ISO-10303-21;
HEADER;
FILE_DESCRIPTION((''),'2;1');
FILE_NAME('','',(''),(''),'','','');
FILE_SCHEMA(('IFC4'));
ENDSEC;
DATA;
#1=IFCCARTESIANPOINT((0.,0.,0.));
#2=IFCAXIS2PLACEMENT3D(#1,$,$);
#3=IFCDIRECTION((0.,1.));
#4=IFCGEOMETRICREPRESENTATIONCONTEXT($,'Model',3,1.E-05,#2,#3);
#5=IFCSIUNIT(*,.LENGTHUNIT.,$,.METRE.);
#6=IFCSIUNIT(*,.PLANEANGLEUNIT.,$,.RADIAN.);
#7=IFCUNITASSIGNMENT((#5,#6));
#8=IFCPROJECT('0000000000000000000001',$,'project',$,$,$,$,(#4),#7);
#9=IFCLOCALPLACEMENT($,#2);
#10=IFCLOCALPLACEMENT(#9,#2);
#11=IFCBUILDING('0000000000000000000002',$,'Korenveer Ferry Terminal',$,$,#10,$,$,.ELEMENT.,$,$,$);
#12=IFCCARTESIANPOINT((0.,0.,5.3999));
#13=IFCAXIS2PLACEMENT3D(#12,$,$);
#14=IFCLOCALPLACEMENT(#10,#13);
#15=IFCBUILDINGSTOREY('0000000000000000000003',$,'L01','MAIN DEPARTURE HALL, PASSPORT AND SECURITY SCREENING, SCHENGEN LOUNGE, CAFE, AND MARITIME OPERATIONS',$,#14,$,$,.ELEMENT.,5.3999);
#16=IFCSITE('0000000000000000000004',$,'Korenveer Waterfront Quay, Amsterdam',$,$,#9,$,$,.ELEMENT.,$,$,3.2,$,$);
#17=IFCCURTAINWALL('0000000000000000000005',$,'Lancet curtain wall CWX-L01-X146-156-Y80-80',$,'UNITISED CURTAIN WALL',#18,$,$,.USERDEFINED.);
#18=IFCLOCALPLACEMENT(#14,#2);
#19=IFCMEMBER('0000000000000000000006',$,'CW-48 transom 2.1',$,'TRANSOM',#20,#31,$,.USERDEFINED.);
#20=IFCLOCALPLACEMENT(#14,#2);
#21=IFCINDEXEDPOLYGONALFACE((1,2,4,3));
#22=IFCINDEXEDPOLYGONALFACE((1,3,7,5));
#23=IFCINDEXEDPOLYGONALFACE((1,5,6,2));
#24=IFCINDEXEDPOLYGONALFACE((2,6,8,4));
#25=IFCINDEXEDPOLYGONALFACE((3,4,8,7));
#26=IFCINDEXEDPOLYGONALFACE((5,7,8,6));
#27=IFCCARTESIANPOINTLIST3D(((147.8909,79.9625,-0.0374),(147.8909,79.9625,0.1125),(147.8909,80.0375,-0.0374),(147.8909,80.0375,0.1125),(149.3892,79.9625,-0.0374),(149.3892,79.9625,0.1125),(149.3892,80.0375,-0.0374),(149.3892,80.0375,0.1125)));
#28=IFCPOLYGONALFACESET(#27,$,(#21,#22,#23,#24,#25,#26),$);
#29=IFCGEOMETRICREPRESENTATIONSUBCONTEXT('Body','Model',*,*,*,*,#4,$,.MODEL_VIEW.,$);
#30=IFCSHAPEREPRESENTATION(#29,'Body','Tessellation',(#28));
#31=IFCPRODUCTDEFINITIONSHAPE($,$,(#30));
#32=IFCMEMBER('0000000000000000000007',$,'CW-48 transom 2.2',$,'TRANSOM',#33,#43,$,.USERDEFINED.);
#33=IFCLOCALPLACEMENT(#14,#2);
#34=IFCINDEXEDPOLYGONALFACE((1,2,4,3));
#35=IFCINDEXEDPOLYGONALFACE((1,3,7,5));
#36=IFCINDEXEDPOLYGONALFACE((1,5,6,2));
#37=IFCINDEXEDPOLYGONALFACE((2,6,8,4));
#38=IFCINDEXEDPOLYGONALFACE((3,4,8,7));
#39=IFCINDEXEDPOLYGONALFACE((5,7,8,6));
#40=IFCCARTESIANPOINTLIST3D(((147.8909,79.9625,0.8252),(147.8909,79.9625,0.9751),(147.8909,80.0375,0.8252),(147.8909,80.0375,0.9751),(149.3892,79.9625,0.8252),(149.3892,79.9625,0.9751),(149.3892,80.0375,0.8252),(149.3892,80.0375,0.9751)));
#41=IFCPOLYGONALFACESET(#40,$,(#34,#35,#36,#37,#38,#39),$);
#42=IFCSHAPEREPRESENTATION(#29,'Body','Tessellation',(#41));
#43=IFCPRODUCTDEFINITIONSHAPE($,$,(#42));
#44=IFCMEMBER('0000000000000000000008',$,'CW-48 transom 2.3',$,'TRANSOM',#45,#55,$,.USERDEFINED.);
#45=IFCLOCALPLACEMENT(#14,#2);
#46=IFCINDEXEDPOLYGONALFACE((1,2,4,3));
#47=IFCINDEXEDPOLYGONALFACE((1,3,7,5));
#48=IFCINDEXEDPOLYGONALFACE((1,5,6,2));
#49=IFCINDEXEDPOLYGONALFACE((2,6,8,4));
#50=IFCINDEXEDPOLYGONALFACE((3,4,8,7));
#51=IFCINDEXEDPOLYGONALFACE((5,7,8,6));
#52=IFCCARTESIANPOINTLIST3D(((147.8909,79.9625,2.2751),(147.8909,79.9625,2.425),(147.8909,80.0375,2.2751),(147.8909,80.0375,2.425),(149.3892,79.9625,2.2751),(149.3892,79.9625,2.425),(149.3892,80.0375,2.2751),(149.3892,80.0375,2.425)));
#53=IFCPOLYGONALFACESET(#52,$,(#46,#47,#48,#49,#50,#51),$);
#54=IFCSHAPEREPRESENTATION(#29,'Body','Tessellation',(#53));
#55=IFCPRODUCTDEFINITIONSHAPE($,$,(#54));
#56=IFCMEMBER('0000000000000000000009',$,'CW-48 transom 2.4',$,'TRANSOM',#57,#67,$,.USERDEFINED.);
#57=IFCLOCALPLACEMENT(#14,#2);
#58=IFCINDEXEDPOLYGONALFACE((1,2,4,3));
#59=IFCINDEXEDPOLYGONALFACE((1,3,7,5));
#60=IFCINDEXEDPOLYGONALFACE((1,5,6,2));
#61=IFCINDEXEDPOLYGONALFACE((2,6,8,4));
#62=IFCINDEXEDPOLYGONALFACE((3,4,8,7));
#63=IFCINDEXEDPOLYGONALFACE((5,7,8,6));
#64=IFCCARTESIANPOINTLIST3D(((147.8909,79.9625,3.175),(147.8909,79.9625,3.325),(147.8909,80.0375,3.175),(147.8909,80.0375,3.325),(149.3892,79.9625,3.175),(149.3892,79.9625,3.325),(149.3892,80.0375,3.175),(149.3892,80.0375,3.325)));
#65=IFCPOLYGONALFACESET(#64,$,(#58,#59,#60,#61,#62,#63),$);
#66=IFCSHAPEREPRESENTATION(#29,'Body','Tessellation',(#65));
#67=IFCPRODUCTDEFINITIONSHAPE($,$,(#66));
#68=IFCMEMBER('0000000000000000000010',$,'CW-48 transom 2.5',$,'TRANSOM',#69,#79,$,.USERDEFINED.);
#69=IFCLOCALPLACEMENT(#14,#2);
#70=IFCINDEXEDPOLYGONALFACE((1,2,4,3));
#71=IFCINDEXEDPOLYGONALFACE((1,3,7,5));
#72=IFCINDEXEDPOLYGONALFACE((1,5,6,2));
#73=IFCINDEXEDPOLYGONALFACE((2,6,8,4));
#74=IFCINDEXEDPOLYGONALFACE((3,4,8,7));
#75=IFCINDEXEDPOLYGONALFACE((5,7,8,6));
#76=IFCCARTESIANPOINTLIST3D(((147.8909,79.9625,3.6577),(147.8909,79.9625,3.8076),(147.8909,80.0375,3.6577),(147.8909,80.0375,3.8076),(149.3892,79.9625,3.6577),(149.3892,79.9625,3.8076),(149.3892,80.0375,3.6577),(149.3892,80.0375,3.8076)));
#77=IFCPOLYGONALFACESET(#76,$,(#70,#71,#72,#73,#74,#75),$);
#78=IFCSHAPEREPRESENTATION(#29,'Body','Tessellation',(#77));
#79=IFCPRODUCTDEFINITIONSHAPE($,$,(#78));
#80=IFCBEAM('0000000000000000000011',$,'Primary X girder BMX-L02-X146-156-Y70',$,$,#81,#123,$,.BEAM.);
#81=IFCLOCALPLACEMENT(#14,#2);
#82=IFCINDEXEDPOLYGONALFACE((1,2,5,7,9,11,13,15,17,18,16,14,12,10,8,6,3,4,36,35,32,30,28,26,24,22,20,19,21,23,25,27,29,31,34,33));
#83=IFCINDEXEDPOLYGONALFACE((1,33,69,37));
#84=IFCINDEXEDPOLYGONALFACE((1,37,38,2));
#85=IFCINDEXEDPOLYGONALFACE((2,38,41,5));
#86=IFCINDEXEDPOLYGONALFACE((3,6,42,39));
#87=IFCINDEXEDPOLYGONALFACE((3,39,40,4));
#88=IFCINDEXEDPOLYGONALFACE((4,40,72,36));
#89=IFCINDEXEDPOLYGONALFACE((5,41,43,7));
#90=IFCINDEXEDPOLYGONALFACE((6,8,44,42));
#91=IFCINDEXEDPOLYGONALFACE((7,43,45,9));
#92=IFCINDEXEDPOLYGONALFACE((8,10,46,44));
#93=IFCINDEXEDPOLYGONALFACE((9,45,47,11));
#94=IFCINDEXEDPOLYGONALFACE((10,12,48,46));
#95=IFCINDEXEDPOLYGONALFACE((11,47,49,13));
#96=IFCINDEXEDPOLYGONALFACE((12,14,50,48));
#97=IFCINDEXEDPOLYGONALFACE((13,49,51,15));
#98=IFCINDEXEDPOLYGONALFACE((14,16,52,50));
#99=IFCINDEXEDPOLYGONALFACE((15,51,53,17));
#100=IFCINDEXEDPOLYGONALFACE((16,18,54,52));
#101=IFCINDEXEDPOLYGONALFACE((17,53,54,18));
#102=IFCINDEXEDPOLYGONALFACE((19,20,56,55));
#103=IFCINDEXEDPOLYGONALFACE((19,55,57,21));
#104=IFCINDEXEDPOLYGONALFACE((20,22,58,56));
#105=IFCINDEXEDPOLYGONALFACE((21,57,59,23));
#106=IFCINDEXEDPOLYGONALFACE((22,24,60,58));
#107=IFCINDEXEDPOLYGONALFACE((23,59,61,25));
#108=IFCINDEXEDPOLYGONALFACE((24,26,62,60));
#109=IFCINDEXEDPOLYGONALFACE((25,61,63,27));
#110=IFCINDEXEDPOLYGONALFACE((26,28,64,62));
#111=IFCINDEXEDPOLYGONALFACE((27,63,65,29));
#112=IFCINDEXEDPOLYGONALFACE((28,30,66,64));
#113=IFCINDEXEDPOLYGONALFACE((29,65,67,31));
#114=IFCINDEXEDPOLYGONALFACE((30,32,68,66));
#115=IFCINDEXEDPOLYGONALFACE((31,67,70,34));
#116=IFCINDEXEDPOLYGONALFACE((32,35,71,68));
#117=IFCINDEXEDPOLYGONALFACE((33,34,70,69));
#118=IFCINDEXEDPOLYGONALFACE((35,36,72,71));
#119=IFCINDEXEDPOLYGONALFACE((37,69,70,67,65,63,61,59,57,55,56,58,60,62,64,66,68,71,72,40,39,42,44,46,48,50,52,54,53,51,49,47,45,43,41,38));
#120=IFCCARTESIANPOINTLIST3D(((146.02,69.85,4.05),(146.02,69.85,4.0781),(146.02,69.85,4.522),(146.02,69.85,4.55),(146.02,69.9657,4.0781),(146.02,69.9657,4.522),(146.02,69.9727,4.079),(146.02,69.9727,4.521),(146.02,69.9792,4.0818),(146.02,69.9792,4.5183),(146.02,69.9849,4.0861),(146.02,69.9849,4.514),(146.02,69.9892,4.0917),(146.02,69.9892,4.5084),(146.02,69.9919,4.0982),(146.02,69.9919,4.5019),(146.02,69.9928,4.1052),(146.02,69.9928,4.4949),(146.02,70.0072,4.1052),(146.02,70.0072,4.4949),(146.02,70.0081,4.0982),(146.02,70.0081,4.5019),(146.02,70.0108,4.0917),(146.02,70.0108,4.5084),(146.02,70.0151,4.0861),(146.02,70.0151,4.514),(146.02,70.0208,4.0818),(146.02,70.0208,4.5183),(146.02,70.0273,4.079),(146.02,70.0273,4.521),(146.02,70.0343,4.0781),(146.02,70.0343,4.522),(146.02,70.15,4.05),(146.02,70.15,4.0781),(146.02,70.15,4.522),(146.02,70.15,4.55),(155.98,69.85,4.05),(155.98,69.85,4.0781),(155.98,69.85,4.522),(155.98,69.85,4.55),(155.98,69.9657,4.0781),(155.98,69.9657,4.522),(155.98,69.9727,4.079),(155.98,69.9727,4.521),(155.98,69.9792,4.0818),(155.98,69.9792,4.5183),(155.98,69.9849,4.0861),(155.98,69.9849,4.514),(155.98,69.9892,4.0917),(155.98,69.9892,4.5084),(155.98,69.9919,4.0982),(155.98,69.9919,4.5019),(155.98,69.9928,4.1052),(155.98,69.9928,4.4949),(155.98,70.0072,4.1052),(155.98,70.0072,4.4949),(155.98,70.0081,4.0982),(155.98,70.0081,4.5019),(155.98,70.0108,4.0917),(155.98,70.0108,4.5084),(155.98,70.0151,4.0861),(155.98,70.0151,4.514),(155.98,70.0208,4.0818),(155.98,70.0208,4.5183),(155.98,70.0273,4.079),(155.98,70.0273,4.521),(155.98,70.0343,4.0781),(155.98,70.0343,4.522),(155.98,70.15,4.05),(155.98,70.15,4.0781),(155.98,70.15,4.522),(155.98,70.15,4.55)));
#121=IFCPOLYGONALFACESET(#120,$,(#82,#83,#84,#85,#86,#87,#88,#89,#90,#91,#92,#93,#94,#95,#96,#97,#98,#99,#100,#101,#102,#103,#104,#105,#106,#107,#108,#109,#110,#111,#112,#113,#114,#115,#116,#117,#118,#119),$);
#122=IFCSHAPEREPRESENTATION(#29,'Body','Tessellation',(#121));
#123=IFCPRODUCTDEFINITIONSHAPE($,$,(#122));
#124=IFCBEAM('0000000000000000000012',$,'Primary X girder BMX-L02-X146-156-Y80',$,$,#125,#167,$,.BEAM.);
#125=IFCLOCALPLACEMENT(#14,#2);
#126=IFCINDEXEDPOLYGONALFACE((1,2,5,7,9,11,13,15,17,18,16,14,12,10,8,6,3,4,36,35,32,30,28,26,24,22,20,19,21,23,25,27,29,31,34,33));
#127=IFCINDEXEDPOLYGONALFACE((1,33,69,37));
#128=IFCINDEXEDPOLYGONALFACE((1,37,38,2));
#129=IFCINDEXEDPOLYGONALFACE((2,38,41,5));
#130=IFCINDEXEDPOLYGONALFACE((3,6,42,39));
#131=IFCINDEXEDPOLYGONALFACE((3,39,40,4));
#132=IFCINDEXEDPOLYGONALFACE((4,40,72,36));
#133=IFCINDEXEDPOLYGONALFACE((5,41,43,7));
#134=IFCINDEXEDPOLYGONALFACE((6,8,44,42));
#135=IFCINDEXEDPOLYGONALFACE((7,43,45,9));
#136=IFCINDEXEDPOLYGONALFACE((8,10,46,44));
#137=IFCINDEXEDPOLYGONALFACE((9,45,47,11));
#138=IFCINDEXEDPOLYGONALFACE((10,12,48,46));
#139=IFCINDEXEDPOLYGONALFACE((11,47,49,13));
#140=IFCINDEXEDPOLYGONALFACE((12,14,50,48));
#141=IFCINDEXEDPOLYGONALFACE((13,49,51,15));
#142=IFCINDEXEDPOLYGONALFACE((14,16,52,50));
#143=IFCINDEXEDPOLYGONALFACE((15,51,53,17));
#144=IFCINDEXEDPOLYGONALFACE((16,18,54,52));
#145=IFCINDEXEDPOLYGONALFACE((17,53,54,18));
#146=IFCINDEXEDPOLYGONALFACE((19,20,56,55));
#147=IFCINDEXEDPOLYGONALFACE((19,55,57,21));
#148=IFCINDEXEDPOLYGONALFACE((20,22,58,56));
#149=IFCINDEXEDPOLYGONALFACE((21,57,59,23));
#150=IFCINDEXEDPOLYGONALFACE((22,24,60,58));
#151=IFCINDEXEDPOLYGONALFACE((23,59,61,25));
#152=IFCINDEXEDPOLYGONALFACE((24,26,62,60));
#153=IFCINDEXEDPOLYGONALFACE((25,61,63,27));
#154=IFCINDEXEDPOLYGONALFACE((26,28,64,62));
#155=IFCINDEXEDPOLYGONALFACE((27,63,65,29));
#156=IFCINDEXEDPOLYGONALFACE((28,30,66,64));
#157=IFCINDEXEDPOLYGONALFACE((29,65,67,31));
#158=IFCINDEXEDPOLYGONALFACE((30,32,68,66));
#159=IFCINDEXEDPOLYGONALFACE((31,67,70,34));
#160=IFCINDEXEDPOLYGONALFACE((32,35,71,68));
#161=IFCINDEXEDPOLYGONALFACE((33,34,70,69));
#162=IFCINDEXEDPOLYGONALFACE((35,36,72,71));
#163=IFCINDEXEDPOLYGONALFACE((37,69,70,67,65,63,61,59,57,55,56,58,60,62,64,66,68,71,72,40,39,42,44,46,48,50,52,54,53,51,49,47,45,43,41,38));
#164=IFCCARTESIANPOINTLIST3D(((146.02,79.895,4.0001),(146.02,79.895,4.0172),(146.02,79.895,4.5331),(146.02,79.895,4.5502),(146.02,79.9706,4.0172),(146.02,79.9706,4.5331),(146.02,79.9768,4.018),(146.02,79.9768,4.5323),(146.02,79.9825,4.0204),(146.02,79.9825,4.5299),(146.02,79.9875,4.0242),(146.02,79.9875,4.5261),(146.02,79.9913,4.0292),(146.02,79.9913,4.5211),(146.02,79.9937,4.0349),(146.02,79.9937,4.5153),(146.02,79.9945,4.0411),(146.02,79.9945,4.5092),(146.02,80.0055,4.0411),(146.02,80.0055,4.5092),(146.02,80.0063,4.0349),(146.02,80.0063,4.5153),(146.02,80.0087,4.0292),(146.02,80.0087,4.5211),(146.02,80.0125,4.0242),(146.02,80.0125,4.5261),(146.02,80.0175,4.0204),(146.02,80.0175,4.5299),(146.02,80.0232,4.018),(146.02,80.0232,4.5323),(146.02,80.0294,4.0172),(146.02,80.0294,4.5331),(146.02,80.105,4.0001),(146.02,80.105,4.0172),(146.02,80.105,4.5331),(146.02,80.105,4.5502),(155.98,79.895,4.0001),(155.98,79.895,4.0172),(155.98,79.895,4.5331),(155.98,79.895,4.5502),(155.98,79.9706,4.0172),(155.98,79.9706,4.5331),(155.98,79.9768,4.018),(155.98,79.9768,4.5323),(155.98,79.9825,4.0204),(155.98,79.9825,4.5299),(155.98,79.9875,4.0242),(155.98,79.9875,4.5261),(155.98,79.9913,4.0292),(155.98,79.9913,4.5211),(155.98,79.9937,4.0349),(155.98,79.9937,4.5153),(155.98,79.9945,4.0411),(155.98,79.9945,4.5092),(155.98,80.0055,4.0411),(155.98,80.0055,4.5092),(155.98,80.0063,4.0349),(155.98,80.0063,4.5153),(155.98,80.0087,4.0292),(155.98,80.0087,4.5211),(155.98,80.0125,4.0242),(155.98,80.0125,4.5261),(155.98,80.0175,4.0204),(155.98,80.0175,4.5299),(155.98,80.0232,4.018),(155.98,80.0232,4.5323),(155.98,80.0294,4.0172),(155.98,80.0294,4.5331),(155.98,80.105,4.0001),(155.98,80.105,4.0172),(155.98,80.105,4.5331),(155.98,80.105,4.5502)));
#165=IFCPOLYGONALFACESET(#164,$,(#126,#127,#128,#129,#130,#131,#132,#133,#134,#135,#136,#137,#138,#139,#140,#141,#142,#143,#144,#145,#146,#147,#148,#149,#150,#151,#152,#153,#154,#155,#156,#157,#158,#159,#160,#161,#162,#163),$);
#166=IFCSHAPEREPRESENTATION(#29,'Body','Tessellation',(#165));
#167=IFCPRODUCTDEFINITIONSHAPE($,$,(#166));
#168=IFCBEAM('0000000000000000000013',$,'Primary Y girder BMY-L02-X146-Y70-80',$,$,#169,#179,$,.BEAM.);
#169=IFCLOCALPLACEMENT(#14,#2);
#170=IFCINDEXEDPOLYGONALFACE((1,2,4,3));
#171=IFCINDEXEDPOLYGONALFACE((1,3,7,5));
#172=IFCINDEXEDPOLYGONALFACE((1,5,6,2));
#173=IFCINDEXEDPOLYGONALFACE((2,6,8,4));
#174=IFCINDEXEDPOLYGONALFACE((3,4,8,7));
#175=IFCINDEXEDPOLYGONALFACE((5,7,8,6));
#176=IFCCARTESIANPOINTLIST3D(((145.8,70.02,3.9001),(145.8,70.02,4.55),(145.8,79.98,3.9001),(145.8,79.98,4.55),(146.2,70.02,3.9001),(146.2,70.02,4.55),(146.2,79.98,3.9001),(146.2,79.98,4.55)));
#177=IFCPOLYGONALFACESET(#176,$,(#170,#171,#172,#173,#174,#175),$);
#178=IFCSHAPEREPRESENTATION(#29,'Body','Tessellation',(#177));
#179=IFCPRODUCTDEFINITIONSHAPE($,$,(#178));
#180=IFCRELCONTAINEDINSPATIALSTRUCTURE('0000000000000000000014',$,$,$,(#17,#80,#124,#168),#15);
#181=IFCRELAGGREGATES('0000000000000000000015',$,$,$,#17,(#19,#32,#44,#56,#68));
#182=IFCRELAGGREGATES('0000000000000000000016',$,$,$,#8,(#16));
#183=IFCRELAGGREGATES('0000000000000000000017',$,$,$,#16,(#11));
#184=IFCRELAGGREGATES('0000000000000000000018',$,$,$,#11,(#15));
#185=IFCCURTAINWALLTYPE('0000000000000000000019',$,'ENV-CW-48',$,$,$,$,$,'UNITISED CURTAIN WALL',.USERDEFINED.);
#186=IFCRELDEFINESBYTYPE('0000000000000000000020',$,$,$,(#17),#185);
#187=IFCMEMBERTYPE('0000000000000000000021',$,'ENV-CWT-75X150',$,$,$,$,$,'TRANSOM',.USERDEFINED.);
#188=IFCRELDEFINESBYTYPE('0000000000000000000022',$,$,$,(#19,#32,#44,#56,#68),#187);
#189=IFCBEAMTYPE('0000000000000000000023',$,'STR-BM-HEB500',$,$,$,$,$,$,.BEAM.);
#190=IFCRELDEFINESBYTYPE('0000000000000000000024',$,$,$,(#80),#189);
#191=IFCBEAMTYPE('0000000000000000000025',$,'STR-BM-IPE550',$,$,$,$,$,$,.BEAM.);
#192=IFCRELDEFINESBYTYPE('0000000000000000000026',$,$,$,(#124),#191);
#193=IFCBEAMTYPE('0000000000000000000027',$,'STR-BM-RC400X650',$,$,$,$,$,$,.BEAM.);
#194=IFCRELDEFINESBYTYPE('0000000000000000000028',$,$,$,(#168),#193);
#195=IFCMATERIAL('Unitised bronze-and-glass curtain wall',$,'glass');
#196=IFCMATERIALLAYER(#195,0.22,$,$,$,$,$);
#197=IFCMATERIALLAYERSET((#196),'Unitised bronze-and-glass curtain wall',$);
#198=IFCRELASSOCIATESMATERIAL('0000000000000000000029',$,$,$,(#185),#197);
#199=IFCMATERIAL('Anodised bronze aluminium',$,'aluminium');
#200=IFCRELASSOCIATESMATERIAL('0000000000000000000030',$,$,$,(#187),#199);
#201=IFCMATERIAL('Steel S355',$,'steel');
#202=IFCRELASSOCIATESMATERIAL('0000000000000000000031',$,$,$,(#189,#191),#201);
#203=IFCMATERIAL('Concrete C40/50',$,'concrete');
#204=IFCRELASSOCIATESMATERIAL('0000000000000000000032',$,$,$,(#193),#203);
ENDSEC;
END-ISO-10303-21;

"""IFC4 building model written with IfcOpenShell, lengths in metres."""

from ifc_helpers import new_model, si_unit, direction, frame, origin, origin_2d, place, context, subcontext, project, spatial, rectangle, i_section, extrude, material, layer, layer_set, material_profile, profile_set, type_object, element, aggregate, save


model = new_model("IFC4")

# Units and contexts
model_context = context("Model", 3, precision=1e-05, world=origin(), true_north=direction((0.0, 1.0)))
body_context = subcontext(model_context, "Body", "Model", "MODEL_VIEW")
ifc_project = project(units=[si_unit("LENGTHUNIT", "METRE"), si_unit("PLANEANGLEUNIT", "RADIAN")], contexts=[model_context])

# Site, building, storey
site_placement = place(None, origin())
site = spatial("IfcSite", under=ifc_project, at=site_placement, Name="Korenveer Waterfront Quay, Amsterdam", CompositionType="ELEMENT", RefElevation=3.2)
building_placement = place(site_placement, origin())
building = spatial("IfcBuilding", under=site, at=building_placement, Name="Korenveer Ferry Terminal", CompositionType="ELEMENT")
storey_placement = place(building_placement, frame((0.0, 0.0, 5.3999)))
storey = spatial("IfcBuildingStorey", under=building, at=storey_placement, Name="L01", Description="MAIN DEPARTURE HALL, PASSPORT AND SECURITY SCREENING, SCHENGEN LOUNGE, CAFE, AND MARITIME OPERATIONS", CompositionType="ELEMENT", Elevation=5.3999)

# Shared definitions
ifc_material_1 = material(Name="Unitised bronze-and-glass curtain wall", Category="glass")
ifc_material_2 = material(Name="Anodised bronze aluminium", Category="aluminium")

# Curtain wall
ifc_layer_1 = layer(ifc_material_1, 0.22)
ifc_layer_set_1 = layer_set([ifc_layer_1], Name="Unitised bronze-and-glass curtain wall")
curtain_wall_type_1 = type_object("IfcCurtainWallType", Name="ENV-CW-48", ElementType="UNITISED CURTAIN WALL", PredefinedType="USERDEFINED", material=ifc_layer_set_1)
curtain_wall_1_placement = place(storey_placement, frame((146.28, 80.0, 0.0)))
curtain_wall_1 = element("IfcCurtainWall", 1, at=curtain_wall_1_placement, inside=storey, type_object=curtain_wall_type_1, Name="Lancet curtain wall CWX-L01-X146-156-Y80-80", ObjectType="UNITISED CURTAIN WALL", PredefinedType="USERDEFINED")

# Members
ifc_material_profile_1 = material_profile(ifc_material_2, rectangle(XDim=0.075, YDim=0.1499, at=origin_2d()), Name="ALU 75x150")
ifc_profile_set_1 = profile_set([ifc_material_profile_1], Name="Anodised bronze aluminium")
member_type_1 = type_object("IfcMemberType", Name="ENV-CWT-75X150", ElementType="TRANSOM", PredefinedType="USERDEFINED", material=ifc_profile_set_1)
member_1_placement = place(storey_placement, frame((147.8909, 80.0, 0.0376), z_axis=(1.0, 0.0, 0.0), x_axis=(0.0, 1.0, 0.0)))
member_1 = element("IfcMember", 2, at=member_1_placement, type_object=member_type_1, Name="CW-48 transom 2.1", ObjectType="TRANSOM", PredefinedType="USERDEFINED", context=body_context, shape_type="SweptSolid", body=[
    extrude(rectangle(XDim=0.075, YDim=0.1499, at=origin_2d()), origin(), (0.0, 0.0, 1.0), 1.4983),
])
member_2_placement = place(storey_placement, frame((147.8909, 80.0, 0.9001), z_axis=(1.0, 0.0, 0.0), x_axis=(0.0, 1.0, 0.0)))
member_2 = element("IfcMember", 3, at=member_2_placement, type_object=member_type_1, Name="CW-48 transom 2.2", ObjectType="TRANSOM", PredefinedType="USERDEFINED", context=body_context, shape_type="SweptSolid", body=[
    extrude(rectangle(XDim=0.075, YDim=0.1499, at=origin_2d()), origin(), (0.0, 0.0, 1.0), 1.4983),
])
member_3_placement = place(storey_placement, frame((147.8909, 80.0, 2.3501), z_axis=(1.0, 0.0, 0.0), x_axis=(0.0, 1.0, 0.0)))
member_3 = element("IfcMember", 4, at=member_3_placement, type_object=member_type_1, Name="CW-48 transom 2.3", ObjectType="TRANSOM", PredefinedType="USERDEFINED", context=body_context, shape_type="SweptSolid", body=[
    extrude(rectangle(XDim=0.075, YDim=0.1499, at=origin_2d()), origin(), (0.0, 0.0, 1.0), 1.4983),
])
member_4_placement = place(storey_placement, frame((147.8909, 80.0, 3.25), z_axis=(1.0, 0.0, 0.0), x_axis=(0.0, 1.0, 0.0)))
member_4 = element("IfcMember", 5, at=member_4_placement, type_object=member_type_1, Name="CW-48 transom 2.4", ObjectType="TRANSOM", PredefinedType="USERDEFINED", context=body_context, shape_type="SweptSolid", body=[
    extrude(rectangle(XDim=0.075, YDim=0.1499, at=origin_2d()), origin(), (0.0, 0.0, 1.0), 1.4983),
])
member_5_placement = place(storey_placement, frame((147.8909, 80.0, 3.7327), z_axis=(1.0, 0.0, 0.0), x_axis=(0.0, 1.0, 0.0)))
member_5 = element("IfcMember", 6, at=member_5_placement, type_object=member_type_1, Name="CW-48 transom 2.5", ObjectType="TRANSOM", PredefinedType="USERDEFINED", context=body_context, shape_type="SweptSolid", body=[
    extrude(rectangle(XDim=0.075, YDim=0.1499, at=origin_2d()), origin(), (0.0, 0.0, 1.0), 1.4983),
])

# Beams
ifc_material_3 = material(Name="Steel S355", Category="steel")
ifc_material_profile_2 = material_profile(ifc_material_3, i_section(OverallWidth=0.3, OverallDepth=0.5, WebThickness=0.0144, FlangeThickness=0.0281, FilletRadius=0.0271, at=origin_2d()), Name="HEB 500")
ifc_profile_set_2 = profile_set([ifc_material_profile_2], Name="Steel S355")
beam_type_1 = type_object("IfcBeamType", Name="STR-BM-HEB500", PredefinedType="BEAM", material=ifc_profile_set_2)
beam_1_placement = place(storey_placement, frame((146.02, 70.0, 4.3), z_axis=(1.0, 0.0, 0.0), x_axis=(0.0, 1.0, 0.0)))
element("IfcBeam", 7, at=beam_1_placement, inside=storey, type_object=beam_type_1, Name="Primary X girder BMX-L02-X146-156-Y70", PredefinedType="BEAM", context=body_context, shape_type="SweptSolid", body=[
    extrude(i_section(OverallWidth=0.3, OverallDepth=0.5, WebThickness=0.0144, FlangeThickness=0.0281, FilletRadius=0.0271, at=origin_2d()), origin(), (0.0, 0.0, 1.0), 9.96),
])
ifc_material_profile_3 = material_profile(ifc_material_3, i_section(OverallWidth=0.21, OverallDepth=0.55, WebThickness=0.011, FlangeThickness=0.0171, FilletRadius=0.0239, at=origin_2d()), Name="IPE 550")
ifc_profile_set_3 = profile_set([ifc_material_profile_3], Name="Steel S355")
beam_type_2 = type_object("IfcBeamType", Name="STR-BM-IPE550", PredefinedType="BEAM", material=ifc_profile_set_3)
beam_2_placement = place(storey_placement, frame((146.02, 80.0, 4.2751), z_axis=(1.0, 0.0, 0.0), x_axis=(0.0, 1.0, 0.0)))
element("IfcBeam", 8, at=beam_2_placement, inside=storey, type_object=beam_type_2, Name="Primary X girder BMX-L02-X146-156-Y80", PredefinedType="BEAM", context=body_context, shape_type="SweptSolid", body=[
    extrude(i_section(OverallWidth=0.21, OverallDepth=0.55, WebThickness=0.011, FlangeThickness=0.0171, FilletRadius=0.0239, at=origin_2d()), origin(), (0.0, 0.0, 1.0), 9.96),
])
ifc_material_4 = material(Name="Concrete C40/50", Category="concrete")
ifc_material_profile_4 = material_profile(ifc_material_4, rectangle(XDim=0.3999, YDim=0.6499, at=origin_2d()), Name="RC 400x650")
ifc_profile_set_4 = profile_set([ifc_material_profile_4], Name="Concrete C40/50")
beam_type_3 = type_object("IfcBeamType", Name="STR-BM-RC400X650", PredefinedType="BEAM", material=ifc_profile_set_4)
beam_3_placement = place(storey_placement, frame((146.0, 70.02, 4.2251), z_axis=(0.0, 1.0, 0.0), x_axis=(-1.0, 0.0, 0.0)))
element("IfcBeam", 9, at=beam_3_placement, inside=storey, type_object=beam_type_3, Name="Primary Y girder BMY-L02-X146-Y70-80", PredefinedType="BEAM", context=body_context, shape_type="SweptSolid", body=[
    extrude(rectangle(XDim=0.3999, YDim=0.6499, at=origin_2d()), origin(), (0.0, 0.0, 1.0), 9.96),
])

aggregate(curtain_wall_1, [member_1, member_2, member_3, member_4, member_5])

save(model, "model.ifc")
